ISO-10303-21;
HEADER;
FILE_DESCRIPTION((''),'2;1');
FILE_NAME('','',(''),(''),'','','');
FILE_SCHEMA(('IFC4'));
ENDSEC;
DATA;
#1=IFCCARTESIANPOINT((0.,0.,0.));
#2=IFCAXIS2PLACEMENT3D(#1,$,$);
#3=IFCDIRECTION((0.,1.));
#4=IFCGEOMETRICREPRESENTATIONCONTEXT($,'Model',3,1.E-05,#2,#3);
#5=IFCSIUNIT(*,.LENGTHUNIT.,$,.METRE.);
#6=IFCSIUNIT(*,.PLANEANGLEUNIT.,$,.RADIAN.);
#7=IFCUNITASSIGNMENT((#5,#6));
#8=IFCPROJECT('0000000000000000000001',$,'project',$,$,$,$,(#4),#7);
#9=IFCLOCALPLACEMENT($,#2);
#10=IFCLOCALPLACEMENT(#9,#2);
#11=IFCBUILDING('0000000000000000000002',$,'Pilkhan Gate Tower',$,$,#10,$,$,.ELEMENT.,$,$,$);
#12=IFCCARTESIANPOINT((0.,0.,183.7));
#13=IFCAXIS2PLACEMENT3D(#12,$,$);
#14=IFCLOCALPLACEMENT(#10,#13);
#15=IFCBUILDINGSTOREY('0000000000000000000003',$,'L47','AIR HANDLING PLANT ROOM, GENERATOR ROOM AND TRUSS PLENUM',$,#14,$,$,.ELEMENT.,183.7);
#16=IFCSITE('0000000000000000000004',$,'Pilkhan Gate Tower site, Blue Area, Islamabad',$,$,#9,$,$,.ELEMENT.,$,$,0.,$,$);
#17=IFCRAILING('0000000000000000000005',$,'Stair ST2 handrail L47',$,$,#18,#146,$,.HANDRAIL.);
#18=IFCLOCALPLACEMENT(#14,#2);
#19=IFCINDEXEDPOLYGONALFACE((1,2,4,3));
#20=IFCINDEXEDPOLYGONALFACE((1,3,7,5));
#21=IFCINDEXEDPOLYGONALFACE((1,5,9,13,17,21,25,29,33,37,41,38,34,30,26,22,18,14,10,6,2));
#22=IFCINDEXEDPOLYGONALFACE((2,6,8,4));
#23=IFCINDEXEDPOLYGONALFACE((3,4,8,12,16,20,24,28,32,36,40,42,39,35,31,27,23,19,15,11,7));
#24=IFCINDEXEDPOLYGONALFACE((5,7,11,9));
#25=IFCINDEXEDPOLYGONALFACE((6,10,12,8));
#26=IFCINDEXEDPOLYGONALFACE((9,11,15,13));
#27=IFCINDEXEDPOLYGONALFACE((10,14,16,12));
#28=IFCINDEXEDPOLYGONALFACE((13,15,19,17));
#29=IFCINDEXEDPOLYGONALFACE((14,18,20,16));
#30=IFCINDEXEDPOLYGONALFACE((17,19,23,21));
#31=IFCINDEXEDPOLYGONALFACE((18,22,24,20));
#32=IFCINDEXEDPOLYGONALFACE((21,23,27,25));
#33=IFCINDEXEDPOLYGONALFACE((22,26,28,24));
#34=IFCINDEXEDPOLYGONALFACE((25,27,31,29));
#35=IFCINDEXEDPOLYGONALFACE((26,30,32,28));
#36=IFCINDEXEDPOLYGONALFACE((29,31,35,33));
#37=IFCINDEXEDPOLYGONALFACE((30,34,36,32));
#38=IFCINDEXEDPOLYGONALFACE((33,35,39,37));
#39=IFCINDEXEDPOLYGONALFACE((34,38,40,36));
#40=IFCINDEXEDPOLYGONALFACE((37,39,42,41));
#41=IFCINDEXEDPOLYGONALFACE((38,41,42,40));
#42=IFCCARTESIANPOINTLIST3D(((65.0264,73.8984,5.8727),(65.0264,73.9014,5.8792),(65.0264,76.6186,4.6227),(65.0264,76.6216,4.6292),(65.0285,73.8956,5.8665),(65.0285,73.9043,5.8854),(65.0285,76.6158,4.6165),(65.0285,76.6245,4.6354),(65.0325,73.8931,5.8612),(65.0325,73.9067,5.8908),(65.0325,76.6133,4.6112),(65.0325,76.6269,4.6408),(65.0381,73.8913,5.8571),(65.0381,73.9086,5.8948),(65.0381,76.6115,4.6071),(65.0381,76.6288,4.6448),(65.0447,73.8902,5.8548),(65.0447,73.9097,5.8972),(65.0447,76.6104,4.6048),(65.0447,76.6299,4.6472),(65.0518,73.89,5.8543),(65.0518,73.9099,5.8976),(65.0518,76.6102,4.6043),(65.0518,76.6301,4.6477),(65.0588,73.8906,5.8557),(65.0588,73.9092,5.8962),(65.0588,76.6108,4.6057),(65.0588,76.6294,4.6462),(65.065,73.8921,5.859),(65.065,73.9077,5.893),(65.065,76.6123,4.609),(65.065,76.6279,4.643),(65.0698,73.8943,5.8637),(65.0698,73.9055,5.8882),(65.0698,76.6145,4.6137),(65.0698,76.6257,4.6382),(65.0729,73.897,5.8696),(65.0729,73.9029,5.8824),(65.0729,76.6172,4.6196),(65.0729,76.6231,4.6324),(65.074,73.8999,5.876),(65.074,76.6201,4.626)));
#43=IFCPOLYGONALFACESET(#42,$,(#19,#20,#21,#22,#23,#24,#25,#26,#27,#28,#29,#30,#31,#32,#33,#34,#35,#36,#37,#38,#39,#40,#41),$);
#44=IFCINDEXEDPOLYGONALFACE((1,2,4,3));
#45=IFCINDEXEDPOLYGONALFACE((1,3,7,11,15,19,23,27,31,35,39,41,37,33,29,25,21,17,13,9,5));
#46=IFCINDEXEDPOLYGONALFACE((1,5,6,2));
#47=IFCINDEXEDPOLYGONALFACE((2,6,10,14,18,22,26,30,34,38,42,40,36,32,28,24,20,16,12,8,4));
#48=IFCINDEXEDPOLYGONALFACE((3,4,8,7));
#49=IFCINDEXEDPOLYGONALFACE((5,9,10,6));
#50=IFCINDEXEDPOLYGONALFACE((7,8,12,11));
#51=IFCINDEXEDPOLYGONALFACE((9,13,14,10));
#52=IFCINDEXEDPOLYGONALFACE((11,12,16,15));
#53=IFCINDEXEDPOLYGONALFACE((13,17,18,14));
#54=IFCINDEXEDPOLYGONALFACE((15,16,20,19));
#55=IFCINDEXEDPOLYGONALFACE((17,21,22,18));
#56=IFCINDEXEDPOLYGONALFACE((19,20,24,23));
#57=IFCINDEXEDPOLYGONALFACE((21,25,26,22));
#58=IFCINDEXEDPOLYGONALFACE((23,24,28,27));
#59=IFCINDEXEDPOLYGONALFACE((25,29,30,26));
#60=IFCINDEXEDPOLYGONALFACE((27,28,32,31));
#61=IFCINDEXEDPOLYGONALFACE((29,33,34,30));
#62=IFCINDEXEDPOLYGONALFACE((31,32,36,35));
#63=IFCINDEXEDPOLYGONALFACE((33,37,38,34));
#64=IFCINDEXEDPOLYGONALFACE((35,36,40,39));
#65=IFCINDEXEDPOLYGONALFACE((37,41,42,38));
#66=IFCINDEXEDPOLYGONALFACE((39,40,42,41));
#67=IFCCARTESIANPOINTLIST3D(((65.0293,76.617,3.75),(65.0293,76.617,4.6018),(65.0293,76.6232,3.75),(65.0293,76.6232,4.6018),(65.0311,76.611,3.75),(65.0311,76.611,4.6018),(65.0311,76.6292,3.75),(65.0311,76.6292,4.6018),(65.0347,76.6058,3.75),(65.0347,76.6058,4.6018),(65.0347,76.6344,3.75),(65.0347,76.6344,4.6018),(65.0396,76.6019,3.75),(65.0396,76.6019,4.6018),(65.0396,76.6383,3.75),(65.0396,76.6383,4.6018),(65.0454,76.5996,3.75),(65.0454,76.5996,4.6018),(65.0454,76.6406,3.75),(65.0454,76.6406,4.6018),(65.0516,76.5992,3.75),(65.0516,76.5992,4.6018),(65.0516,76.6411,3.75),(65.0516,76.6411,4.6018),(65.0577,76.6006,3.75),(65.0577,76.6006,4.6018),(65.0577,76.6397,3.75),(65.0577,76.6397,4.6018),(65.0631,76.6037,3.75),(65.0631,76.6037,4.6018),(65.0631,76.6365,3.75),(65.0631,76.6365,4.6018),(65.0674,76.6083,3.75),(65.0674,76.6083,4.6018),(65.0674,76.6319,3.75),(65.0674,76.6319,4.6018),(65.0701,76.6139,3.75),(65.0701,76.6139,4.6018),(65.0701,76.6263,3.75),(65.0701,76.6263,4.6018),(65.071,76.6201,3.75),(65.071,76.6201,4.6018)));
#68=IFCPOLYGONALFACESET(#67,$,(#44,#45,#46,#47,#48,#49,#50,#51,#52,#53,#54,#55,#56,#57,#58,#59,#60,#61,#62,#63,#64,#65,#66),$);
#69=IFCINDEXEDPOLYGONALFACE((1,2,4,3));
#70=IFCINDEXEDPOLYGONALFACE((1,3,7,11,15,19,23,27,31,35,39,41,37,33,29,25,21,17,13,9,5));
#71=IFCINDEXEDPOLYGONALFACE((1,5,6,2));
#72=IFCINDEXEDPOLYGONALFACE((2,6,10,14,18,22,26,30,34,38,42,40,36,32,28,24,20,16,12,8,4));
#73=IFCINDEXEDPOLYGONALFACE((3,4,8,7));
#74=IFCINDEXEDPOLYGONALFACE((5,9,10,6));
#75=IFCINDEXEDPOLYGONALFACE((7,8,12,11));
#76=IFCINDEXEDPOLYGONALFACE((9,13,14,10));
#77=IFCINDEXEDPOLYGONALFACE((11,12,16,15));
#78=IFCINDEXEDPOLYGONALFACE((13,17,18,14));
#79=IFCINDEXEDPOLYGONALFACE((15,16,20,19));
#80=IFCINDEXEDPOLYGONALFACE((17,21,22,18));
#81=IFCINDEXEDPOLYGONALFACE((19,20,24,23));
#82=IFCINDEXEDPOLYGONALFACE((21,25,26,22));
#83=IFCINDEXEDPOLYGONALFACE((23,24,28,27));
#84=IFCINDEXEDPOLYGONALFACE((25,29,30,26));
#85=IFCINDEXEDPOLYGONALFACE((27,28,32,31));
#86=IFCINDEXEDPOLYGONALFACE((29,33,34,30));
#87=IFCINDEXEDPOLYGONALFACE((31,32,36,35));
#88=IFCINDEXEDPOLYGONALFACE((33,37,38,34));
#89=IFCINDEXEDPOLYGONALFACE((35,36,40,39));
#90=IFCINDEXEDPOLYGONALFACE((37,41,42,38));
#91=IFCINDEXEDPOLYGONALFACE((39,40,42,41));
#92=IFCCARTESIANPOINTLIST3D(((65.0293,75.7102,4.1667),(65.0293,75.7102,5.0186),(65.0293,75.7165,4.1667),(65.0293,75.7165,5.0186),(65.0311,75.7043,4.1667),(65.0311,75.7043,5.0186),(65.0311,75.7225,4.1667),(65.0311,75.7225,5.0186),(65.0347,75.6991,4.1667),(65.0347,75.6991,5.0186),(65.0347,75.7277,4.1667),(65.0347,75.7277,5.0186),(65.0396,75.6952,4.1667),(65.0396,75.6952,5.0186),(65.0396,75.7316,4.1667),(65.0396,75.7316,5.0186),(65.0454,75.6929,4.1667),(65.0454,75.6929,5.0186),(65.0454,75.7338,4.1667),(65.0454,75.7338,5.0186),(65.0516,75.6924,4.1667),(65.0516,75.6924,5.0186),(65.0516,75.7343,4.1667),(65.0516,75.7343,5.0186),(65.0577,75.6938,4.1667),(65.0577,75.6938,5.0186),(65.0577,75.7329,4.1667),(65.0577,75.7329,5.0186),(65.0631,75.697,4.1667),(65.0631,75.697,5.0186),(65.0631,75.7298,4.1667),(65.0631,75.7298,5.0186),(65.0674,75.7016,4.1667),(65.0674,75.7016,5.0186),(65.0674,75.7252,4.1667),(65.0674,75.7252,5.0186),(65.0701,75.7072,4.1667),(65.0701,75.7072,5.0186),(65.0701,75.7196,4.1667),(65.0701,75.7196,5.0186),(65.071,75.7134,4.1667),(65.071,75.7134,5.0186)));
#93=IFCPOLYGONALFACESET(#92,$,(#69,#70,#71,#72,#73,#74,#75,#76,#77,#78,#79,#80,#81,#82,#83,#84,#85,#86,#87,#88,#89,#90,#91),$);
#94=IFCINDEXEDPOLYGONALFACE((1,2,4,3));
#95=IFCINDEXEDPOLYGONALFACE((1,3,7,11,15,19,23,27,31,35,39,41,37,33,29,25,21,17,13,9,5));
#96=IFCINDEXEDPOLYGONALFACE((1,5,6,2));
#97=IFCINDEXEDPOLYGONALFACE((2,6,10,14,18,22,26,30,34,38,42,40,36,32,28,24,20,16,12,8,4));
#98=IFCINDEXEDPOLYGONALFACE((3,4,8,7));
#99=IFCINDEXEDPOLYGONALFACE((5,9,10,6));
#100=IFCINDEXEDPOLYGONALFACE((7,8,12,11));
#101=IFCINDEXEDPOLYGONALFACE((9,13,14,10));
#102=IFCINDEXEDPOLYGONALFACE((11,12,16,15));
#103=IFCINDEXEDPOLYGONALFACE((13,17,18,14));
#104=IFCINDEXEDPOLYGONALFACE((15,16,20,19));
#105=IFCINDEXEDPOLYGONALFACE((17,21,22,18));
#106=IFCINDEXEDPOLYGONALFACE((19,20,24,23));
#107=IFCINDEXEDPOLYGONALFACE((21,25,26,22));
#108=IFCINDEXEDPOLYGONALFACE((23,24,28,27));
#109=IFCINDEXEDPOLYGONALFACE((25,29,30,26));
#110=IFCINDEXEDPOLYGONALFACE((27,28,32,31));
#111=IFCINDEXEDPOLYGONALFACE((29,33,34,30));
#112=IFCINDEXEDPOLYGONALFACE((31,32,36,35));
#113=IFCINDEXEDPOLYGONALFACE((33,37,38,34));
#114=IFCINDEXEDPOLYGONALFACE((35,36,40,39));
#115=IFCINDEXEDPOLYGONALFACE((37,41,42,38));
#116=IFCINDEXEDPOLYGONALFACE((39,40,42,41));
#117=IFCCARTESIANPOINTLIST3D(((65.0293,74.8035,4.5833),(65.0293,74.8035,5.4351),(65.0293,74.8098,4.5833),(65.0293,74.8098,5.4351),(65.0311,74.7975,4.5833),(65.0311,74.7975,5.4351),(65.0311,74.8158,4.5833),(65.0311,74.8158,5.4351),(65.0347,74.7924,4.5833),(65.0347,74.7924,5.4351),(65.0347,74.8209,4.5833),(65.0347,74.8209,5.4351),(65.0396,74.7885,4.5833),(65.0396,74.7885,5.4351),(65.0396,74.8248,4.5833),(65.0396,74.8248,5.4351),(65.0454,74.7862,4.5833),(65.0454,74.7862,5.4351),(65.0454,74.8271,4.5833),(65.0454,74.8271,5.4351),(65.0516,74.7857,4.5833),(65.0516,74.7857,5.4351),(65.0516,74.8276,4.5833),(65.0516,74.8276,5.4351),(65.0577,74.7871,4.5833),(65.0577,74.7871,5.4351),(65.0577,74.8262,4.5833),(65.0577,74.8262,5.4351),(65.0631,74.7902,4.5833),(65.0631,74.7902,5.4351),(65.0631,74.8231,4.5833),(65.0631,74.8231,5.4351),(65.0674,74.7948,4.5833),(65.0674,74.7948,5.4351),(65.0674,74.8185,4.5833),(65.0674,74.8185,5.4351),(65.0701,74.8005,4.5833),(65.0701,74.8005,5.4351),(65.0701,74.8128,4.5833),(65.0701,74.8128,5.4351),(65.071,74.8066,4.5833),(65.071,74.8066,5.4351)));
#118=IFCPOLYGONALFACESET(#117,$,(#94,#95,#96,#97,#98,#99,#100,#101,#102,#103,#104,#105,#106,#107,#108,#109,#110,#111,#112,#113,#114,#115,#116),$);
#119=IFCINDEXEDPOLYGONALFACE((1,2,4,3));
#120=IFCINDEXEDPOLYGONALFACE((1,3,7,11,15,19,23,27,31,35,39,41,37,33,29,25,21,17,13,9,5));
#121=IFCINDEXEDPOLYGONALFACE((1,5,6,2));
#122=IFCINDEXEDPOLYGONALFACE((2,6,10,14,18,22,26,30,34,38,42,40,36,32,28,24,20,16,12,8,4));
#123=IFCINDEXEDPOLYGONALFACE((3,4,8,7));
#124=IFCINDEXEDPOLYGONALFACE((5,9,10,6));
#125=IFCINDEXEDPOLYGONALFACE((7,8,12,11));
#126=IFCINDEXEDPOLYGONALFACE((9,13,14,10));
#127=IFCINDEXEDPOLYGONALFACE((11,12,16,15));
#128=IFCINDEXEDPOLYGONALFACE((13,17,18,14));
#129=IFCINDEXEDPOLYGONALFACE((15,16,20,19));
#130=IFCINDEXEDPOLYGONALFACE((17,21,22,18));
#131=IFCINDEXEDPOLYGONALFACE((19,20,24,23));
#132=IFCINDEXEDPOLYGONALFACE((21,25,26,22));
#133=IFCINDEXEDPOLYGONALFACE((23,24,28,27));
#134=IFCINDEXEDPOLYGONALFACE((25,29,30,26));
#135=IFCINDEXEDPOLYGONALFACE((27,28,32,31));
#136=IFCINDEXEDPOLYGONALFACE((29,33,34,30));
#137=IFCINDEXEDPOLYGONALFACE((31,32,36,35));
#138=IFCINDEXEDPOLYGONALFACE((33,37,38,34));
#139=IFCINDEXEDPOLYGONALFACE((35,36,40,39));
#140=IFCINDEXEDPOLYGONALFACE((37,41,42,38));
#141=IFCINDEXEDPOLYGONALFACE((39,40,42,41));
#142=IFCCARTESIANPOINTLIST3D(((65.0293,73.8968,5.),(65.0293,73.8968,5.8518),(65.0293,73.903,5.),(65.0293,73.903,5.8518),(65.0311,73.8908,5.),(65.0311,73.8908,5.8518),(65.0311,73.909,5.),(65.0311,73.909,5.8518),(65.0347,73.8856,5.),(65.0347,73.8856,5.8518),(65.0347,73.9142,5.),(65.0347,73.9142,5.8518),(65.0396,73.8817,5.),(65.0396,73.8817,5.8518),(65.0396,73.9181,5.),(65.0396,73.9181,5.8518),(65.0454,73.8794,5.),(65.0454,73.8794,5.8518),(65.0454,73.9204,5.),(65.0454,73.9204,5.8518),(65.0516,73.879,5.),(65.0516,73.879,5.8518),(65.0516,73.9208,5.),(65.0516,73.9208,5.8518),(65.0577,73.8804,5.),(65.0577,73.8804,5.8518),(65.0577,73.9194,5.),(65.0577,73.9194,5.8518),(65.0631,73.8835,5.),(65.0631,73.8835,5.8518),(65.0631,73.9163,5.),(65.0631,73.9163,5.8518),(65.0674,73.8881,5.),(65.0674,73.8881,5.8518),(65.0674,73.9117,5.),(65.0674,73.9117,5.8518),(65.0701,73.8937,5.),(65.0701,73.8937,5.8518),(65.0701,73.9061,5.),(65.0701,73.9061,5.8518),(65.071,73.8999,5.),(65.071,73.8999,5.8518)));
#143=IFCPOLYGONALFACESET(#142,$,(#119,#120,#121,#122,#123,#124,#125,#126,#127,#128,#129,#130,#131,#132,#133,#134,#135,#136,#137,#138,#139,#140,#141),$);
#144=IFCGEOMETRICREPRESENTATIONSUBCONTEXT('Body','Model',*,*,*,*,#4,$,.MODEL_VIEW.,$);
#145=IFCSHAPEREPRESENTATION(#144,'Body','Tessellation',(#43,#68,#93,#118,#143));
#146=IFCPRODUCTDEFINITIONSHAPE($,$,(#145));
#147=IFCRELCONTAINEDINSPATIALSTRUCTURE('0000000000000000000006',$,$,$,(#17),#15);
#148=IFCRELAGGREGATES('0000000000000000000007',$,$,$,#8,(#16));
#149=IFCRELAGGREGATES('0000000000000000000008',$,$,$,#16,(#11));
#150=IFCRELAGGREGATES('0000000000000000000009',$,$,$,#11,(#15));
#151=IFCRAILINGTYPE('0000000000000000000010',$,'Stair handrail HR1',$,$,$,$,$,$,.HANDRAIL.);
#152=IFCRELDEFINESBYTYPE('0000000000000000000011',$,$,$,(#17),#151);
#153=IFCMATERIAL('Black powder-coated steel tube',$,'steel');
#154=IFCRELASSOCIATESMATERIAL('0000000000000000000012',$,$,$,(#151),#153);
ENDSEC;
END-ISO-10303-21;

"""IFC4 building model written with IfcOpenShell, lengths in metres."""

from ifc_helpers import new_model, si_unit, direction, frame, origin, origin_2d, place, context, subcontext, project, spatial, circle, extrude, material, type_object, element, save


model = new_model("IFC4")

# Units and contexts
model_context = context("Model", 3, precision=1e-05, world=origin(), true_north=direction((0.0, 1.0)))
body_context = subcontext(model_context, "Body", "Model", "MODEL_VIEW")
ifc_project = project(units=[si_unit("LENGTHUNIT", "METRE"), si_unit("PLANEANGLEUNIT", "RADIAN")], contexts=[model_context])

# Site, building, storey
site_placement = place(None, origin())
site = spatial("IfcSite", under=ifc_project, at=site_placement, Name="Pilkhan Gate Tower site, Blue Area, Islamabad", CompositionType="ELEMENT", RefElevation=0.0)
building_placement = place(site_placement, origin())
building = spatial("IfcBuilding", under=site, at=building_placement, Name="Pilkhan Gate Tower", CompositionType="ELEMENT")
storey_placement = place(building_placement, frame((0.0, 0.0, 183.7)))
storey = spatial("IfcBuildingStorey", under=building, at=storey_placement, Name="L47", Description="AIR HANDLING PLANT ROOM, GENERATOR ROOM AND TRUSS PLENUM", CompositionType="ELEMENT", Elevation=183.7)

# Railing
ifc_material_1 = material(Name="Black powder-coated steel tube", Category="steel")
railing_type_1 = type_object("IfcRailingType", Name="Stair handrail HR1", PredefinedType="HANDRAIL", material=ifc_material_1)
railing_1_placement = place(storey_placement, frame((65.05, 76.6201, 3.75)))
element("IfcRailing", 1, at=railing_1_placement, inside=storey, type_object=railing_type_1, Name="Stair ST2 handrail L47", PredefinedType="HANDRAIL", context=body_context, shape_type="SweptSolid", body=[
    extrude(circle(Radius=0.0239, at=origin_2d()), frame((0.0, 0.0, 0.876), z_axis=(0.0, -0.908655, 0.417547), x_axis=(1.0, 0.0, 0.0)), (0.0, 0.0, 1.0), 2.9937),
    extrude(circle(Radius=0.021, at=origin_2d()), origin(), (0.0, 0.0, 1.0), 0.8518),
    extrude(circle(Radius=0.021, at=origin_2d()), frame((0.0, -0.9067, 0.4167)), (0.0, 0.0, 1.0), 0.8518),
    extrude(circle(Radius=0.021, at=origin_2d()), frame((0.0, -1.8135, 0.8333)), (0.0, 0.0, 1.0), 0.8518),
    extrude(circle(Radius=0.021, at=origin_2d()), frame((0.0, -2.7202, 1.25)), (0.0, 0.0, 1.0), 0.8518),
])

save(model, "model.ifc")
